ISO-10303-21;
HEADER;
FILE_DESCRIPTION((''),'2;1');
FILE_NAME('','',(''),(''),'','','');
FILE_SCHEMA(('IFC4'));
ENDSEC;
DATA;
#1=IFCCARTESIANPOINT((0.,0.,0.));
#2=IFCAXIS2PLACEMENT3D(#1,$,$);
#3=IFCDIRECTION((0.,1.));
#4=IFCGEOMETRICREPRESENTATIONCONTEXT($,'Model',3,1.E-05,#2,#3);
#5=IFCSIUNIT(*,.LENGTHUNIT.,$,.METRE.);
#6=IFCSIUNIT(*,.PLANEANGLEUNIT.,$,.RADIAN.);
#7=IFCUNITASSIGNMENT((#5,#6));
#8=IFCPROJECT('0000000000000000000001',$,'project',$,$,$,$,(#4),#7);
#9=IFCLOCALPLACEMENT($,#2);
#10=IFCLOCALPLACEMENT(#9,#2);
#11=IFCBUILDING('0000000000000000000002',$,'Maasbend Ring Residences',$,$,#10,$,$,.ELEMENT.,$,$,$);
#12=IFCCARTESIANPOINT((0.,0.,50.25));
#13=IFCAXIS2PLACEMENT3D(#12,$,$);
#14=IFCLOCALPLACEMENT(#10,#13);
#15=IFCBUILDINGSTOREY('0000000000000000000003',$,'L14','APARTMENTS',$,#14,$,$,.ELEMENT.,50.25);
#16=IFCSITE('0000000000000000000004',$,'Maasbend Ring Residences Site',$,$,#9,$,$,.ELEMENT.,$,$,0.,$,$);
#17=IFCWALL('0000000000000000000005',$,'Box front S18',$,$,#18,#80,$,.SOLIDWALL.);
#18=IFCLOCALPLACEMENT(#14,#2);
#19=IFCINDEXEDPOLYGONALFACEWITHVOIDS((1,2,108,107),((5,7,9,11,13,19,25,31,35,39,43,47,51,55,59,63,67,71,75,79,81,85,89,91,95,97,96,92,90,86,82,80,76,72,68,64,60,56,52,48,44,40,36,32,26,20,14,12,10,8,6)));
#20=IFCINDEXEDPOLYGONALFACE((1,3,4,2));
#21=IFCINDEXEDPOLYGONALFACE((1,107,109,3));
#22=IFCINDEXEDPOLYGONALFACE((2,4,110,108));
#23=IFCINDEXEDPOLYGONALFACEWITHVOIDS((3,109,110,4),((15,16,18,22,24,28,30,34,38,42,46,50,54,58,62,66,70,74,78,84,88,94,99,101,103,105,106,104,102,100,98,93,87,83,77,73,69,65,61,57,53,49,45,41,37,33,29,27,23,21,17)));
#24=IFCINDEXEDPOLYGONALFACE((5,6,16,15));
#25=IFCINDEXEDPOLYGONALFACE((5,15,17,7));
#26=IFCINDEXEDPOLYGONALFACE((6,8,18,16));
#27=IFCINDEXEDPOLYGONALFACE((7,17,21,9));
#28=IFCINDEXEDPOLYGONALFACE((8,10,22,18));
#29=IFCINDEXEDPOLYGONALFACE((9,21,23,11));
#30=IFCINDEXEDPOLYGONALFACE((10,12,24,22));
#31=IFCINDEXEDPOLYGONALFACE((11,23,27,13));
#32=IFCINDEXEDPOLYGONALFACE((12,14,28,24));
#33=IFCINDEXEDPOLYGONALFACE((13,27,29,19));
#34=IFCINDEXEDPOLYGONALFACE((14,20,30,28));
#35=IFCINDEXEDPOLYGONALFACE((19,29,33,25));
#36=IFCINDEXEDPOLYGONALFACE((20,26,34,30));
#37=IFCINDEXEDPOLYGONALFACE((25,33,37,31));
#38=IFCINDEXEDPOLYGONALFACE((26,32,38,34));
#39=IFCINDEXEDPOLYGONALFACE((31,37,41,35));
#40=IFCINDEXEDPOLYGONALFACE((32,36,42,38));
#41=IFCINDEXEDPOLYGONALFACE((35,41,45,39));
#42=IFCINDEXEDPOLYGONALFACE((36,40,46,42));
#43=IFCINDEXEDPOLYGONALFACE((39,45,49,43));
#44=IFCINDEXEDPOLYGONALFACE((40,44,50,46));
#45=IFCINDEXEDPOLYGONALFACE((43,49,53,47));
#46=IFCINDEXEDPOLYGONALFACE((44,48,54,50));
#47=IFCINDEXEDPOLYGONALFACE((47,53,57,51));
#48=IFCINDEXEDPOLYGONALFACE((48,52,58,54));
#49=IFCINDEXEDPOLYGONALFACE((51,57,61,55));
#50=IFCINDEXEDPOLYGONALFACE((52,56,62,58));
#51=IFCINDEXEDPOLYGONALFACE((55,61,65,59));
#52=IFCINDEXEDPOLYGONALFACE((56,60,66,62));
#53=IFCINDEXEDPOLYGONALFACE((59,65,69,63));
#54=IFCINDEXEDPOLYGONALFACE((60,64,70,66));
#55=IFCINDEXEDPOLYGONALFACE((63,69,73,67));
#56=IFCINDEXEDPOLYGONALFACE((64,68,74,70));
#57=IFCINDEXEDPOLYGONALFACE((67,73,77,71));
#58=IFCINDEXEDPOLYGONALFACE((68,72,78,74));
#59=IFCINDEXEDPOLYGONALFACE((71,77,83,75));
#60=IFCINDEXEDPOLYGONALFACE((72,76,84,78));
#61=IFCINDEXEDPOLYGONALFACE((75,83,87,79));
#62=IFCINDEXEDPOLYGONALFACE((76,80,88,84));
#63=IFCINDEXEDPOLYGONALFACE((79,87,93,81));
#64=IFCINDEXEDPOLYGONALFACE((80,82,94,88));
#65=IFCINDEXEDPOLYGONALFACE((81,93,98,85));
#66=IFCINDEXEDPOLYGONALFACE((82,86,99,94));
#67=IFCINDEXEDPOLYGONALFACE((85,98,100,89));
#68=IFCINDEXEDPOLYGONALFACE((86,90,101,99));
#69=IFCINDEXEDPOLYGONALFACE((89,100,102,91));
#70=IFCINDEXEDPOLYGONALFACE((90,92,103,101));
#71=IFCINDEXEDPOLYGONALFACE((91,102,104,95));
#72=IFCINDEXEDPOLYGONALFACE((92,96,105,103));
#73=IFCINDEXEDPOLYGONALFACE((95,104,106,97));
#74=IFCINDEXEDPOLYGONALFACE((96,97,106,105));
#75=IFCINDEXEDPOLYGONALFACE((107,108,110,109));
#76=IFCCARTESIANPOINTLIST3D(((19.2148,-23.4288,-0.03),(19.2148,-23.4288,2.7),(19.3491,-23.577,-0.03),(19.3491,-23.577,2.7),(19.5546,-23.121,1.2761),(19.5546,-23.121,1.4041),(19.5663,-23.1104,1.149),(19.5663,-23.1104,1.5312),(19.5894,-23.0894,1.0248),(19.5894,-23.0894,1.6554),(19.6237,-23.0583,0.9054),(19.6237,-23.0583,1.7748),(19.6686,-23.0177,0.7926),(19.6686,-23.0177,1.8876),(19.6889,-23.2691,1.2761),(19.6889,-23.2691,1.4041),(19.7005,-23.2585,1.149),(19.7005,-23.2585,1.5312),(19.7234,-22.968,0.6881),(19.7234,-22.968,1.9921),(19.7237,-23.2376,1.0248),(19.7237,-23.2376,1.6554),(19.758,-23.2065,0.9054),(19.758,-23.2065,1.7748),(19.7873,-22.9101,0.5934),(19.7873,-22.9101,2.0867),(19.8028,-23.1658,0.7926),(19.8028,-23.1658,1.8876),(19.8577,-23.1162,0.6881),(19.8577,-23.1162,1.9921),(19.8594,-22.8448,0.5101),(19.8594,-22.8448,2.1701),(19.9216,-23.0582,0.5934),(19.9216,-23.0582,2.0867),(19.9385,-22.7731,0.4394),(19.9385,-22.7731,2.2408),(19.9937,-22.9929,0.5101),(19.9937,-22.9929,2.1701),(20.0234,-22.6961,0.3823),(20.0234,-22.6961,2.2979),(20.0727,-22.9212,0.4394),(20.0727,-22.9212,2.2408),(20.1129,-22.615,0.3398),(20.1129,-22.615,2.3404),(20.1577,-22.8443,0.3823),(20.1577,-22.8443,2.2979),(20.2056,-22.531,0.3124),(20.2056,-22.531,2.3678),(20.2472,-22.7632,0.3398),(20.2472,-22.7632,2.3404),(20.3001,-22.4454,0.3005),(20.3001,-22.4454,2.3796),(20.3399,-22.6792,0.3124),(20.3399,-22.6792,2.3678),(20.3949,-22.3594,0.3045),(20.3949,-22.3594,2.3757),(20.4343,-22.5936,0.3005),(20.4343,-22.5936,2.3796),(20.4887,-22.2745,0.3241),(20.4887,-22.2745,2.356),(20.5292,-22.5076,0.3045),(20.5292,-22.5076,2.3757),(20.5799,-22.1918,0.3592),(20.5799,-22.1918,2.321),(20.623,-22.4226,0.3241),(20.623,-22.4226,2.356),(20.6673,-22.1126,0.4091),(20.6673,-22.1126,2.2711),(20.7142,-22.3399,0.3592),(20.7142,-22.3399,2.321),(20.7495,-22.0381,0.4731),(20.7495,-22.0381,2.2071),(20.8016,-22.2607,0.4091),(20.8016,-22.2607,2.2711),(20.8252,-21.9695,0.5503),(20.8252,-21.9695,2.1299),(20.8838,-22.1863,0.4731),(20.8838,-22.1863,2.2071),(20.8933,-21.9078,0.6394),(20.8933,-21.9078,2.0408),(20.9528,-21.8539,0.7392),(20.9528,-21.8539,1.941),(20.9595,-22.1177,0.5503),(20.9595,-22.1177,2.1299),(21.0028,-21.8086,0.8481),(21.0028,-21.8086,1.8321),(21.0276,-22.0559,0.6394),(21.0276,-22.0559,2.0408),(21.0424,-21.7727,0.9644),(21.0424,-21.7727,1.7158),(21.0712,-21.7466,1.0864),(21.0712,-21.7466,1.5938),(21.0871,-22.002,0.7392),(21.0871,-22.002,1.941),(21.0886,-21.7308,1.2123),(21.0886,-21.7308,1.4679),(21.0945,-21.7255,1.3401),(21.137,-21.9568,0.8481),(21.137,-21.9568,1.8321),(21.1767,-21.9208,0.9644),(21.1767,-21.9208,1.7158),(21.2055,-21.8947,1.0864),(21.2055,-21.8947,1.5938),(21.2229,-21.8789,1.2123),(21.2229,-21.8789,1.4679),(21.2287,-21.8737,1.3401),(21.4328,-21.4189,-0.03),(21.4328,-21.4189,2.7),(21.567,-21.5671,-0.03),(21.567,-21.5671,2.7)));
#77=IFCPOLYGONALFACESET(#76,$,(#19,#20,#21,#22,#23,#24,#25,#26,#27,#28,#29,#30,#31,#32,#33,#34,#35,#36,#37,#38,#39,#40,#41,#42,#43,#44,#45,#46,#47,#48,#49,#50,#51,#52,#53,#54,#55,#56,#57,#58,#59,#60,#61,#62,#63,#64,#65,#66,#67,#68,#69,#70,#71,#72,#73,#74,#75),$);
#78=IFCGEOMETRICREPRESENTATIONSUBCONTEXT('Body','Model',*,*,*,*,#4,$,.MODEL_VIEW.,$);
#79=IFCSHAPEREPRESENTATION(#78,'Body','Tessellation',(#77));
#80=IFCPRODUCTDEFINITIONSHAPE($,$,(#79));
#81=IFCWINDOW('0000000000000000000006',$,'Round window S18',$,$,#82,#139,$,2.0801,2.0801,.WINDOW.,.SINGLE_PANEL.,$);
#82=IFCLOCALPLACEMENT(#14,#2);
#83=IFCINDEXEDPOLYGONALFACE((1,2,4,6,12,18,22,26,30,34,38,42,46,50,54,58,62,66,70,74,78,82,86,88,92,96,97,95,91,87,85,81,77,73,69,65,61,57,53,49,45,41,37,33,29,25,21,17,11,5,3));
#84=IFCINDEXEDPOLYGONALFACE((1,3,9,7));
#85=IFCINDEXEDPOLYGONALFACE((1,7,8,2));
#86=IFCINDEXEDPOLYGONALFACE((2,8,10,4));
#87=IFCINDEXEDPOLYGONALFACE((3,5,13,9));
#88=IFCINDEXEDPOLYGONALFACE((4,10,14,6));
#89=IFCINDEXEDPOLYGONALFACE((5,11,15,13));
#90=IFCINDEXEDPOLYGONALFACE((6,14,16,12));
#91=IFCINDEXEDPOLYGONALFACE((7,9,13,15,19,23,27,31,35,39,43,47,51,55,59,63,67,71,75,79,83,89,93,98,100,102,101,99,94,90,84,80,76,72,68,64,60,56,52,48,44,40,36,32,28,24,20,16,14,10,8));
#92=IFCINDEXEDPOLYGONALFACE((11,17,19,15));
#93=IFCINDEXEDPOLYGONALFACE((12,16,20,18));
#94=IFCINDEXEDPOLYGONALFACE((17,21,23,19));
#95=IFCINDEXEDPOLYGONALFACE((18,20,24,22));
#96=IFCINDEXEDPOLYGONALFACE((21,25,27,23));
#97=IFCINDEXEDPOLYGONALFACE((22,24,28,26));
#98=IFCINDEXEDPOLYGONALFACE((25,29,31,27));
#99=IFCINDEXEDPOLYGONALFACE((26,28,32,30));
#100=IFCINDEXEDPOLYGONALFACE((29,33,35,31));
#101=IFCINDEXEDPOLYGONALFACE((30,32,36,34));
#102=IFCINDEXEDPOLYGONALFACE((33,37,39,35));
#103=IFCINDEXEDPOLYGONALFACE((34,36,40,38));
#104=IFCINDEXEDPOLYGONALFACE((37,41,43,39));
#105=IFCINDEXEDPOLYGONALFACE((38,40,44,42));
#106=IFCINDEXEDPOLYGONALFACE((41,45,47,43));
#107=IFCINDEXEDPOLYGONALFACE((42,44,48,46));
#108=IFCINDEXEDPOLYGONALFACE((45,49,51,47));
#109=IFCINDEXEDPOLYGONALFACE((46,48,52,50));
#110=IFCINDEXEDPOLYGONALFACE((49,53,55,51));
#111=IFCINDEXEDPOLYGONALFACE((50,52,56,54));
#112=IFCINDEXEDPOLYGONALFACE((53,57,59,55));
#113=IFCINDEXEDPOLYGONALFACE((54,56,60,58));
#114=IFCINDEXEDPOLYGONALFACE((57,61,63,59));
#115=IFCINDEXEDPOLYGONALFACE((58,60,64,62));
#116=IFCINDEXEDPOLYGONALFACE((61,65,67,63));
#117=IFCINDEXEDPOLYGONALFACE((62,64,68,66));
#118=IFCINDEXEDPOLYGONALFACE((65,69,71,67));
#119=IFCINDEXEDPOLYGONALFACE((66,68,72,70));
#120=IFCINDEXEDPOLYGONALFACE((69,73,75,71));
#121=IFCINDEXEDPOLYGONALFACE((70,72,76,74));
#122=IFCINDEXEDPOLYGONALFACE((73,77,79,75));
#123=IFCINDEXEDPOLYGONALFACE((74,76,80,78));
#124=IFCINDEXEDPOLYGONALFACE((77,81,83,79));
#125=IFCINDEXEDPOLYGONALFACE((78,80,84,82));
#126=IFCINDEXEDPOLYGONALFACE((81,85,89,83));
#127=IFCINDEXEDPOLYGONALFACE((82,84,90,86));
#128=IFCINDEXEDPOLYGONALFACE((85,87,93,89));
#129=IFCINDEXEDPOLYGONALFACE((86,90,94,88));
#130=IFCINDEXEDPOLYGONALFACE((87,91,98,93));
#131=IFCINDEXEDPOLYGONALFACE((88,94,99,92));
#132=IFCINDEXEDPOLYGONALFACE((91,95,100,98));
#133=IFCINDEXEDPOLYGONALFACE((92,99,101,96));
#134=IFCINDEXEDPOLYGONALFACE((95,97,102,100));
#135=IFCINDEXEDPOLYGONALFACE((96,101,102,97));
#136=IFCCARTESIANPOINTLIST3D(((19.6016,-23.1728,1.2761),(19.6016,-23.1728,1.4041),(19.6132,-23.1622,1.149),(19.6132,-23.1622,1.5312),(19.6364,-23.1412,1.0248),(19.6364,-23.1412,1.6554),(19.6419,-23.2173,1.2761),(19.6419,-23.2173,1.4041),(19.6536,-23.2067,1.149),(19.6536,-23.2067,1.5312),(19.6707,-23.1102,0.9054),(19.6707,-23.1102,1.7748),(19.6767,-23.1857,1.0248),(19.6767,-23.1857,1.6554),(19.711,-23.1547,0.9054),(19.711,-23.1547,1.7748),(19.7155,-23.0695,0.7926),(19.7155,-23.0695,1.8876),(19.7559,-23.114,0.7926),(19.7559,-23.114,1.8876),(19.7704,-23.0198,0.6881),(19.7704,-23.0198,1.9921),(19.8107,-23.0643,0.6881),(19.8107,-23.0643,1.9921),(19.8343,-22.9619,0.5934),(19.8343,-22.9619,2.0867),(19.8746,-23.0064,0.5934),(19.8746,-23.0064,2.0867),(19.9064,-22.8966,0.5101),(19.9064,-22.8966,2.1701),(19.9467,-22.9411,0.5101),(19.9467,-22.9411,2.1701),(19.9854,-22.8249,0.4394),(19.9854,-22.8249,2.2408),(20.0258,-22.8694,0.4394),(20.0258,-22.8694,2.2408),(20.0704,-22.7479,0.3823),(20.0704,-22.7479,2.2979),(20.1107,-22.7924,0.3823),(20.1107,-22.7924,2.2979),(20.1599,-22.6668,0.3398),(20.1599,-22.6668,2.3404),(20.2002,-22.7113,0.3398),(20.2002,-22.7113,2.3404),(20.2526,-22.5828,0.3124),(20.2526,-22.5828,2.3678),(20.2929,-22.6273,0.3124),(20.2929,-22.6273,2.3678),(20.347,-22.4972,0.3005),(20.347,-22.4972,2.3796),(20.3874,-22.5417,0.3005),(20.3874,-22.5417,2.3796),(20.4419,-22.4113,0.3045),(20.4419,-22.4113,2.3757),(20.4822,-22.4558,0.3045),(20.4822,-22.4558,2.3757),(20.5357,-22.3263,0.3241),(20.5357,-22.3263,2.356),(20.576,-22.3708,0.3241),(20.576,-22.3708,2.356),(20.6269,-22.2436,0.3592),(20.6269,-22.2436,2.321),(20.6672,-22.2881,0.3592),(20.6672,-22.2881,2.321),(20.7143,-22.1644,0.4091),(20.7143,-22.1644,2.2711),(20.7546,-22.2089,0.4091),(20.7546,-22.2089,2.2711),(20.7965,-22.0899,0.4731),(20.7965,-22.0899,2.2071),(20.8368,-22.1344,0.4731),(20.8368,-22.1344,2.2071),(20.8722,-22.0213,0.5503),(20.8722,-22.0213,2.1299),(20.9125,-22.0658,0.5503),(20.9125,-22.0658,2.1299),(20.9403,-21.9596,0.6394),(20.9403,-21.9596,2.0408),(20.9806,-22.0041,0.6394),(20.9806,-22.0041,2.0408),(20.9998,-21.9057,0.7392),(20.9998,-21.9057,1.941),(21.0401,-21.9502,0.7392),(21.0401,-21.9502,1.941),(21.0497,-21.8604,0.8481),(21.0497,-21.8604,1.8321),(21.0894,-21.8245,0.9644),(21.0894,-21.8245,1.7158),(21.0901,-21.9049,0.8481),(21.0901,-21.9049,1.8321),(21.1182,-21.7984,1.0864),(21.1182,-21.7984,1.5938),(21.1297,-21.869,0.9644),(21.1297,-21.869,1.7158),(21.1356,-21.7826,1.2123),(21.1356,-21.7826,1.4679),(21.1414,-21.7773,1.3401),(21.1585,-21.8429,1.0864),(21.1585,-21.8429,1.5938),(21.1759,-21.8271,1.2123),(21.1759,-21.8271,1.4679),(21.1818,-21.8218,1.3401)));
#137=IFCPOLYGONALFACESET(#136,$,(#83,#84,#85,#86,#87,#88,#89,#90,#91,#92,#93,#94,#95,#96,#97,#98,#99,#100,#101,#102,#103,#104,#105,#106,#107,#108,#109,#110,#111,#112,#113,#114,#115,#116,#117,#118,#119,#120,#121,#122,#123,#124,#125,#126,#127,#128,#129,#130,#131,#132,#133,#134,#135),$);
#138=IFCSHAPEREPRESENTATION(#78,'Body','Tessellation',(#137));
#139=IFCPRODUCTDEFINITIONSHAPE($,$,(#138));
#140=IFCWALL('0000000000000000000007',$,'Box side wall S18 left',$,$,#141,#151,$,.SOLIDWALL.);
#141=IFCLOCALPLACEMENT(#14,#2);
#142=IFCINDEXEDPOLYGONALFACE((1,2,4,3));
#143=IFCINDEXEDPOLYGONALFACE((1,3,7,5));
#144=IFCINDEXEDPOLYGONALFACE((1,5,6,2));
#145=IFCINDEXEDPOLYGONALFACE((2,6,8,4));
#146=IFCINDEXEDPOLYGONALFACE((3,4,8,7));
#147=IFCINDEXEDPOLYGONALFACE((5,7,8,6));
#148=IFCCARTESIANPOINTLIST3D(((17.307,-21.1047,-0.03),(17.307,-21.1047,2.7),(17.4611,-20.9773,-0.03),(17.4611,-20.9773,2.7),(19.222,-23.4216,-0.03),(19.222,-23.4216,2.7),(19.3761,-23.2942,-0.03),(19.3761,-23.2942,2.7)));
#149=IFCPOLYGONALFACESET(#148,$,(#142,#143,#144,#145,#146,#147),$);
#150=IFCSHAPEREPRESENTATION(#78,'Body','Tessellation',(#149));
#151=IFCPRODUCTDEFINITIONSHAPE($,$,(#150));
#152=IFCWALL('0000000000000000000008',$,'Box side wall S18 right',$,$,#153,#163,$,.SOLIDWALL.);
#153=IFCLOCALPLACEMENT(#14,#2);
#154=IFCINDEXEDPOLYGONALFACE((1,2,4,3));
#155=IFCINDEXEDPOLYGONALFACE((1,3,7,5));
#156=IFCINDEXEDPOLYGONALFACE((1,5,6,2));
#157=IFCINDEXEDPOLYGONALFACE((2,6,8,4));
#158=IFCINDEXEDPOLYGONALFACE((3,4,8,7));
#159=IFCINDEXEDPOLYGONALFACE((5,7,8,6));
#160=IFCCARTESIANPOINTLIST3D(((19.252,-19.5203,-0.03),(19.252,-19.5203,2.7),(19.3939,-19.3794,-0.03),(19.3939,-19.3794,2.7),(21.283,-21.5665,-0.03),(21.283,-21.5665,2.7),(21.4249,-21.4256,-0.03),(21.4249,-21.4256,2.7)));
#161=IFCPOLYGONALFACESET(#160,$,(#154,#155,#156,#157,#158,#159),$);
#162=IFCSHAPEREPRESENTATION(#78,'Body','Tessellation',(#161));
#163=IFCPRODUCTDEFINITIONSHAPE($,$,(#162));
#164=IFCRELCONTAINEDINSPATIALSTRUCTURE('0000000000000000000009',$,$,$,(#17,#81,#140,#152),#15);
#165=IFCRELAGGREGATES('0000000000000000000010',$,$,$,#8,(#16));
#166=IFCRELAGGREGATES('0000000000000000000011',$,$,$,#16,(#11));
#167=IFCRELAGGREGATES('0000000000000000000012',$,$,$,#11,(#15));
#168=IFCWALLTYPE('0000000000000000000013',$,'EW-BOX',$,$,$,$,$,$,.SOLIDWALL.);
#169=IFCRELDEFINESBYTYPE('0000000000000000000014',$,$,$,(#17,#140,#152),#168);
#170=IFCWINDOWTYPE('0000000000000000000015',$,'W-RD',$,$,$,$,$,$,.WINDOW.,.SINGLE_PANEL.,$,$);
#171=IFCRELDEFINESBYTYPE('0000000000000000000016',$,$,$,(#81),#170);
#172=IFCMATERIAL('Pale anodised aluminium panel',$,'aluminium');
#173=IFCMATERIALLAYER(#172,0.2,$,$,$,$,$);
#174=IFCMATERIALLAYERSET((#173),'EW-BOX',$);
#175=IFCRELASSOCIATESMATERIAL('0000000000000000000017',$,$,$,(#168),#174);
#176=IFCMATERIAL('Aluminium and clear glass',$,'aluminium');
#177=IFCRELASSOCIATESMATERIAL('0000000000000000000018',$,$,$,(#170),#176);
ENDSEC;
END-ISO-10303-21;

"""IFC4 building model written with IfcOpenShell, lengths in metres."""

from ifc_helpers import new_model, si_unit, direction, frame, frame_2d, origin, place, context, subcontext, project, spatial, rectangle, circle, extrude, material, layer, layer_set, type_object, element, fill, save


model = new_model("IFC4")

# Units and contexts
model_context = context("Model", 3, precision=1e-05, world=origin(), true_north=direction((0.0, 1.0)))
body_context = subcontext(model_context, "Body", "Model", "MODEL_VIEW")
ifc_project = project(units=[si_unit("LENGTHUNIT", "METRE"), si_unit("PLANEANGLEUNIT", "RADIAN")], contexts=[model_context])

# Site, building, storey
site_placement = place(None, origin())
site = spatial("IfcSite", under=ifc_project, at=site_placement, Name="Maasbend Ring Residences Site", CompositionType="ELEMENT", RefElevation=0.0)
building_placement = place(site_placement, origin())
building = spatial("IfcBuilding", under=site, at=building_placement, Name="Maasbend Ring Residences", CompositionType="ELEMENT")
storey_placement = place(building_placement, frame((0.0, 0.0, 50.25)))
storey = spatial("IfcBuildingStorey", under=building, at=storey_placement, Name="L14", Description="APARTMENTS", CompositionType="ELEMENT", Elevation=50.25)

# Shared definitions
ifc_material_1 = material(Name="Pale anodised aluminium panel", Category="aluminium")
ifc_layer_1 = layer(ifc_material_1, 0.2)
ifc_layer_set_1 = layer_set([ifc_layer_1], Name="EW-BOX")
wall_type_1 = type_object("IfcWallType", Name="EW-BOX", PredefinedType="SOLIDWALL", material=ifc_layer_set_1)
ifc_material_2 = material(Name="Aluminium and clear glass", Category="aluminium")
window_type_1 = type_object("IfcWindowType", Name="W-RD", PartitioningType="SINGLE_PANEL", PredefinedType="WINDOW", material=ifc_material_2)

# Wall, opening, window
wall_1_placement = place(storey_placement, frame((19.282, -23.5029, -0.03), z_axis=(0.0, 0.0, 1.0), x_axis=(0.740998, 0.671507, 0.0)))
wall_1 = element("IfcWall", 1, at=wall_1_placement, inside=storey, type_object=wall_type_1, Name="Box front S18", PredefinedType="SOLIDWALL", context=body_context, shape_type="SweptSolid", body=[
    extrude(rectangle(XDim=2.9932, YDim=0.2, at=frame_2d((1.4966, 0.0))), origin(), (0.0, 0.0, 1.0), 2.73),
])
opening_1_placement = place(wall_1_placement, frame((0.4565, 0.0, 0.3301)))
opening_1 = element("IfcOpeningElement", 2, at=opening_1_placement, cuts=wall_1, PredefinedType="OPENING", context=body_context, shape_type="SweptSolid", body=[
    extrude(circle(Radius=1.04, at=frame_2d((1.04, 1.04))), frame((0.0, 0.1099, 0.0), z_axis=(0.0, -1.0, 0.0), x_axis=(1.0, 0.0, 0.0)), (0.0, 0.0, 1.0), 0.22),
])
window_1_placement = place(opening_1_placement, origin())
window_1 = element("IfcWindow", 3, at=window_1_placement, inside=storey, type_object=window_type_1, Name="Round window S18", OverallHeight=2.0801, OverallWidth=2.0801, PartitioningType="SINGLE_PANEL", PredefinedType="WINDOW", context=body_context, shape_type="SweptSolid", body=[
    extrude(circle(Radius=1.04, at=frame_2d((1.04, 1.04))), frame((0.0, 0.03, 0.0), z_axis=(0.0, -1.0, 0.0), x_axis=(1.0, 0.0, 0.0)), (0.0, 0.0, 1.0), 0.0601),
])
fill(opening_1, window_1)

# Walls
wall_2_placement = place(storey_placement, frame((17.384, -21.041, -0.03), z_axis=(0.0, 0.0, 1.0), x_axis=(0.637096, -0.770785, 0.0)))
element("IfcWall", 4, at=wall_2_placement, inside=storey, type_object=wall_type_1, Name="Box side wall S18 left", PredefinedType="SOLIDWALL", context=body_context, shape_type="SweptSolid", body=[
    extrude(rectangle(XDim=3.0059, YDim=0.2, at=frame_2d((1.5029, 0.0))), origin(), (0.0, 0.0, 1.0), 2.73),
])
wall_3_placement = place(storey_placement, frame((19.323, -19.45, -0.03), z_axis=(0.0, 0.0, 1.0), x_axis=(0.704477, -0.709727, 0.0)))
element("IfcWall", 5, at=wall_3_placement, inside=storey, type_object=wall_type_1, Name="Box side wall S18 right", PredefinedType="SOLIDWALL", context=body_context, shape_type="SweptSolid", body=[
    extrude(rectangle(XDim=2.8831, YDim=0.2, at=frame_2d((1.4414, 0.0))), origin(), (0.0, 0.0, 1.0), 2.73),
])

save(model, "model.ifc")
